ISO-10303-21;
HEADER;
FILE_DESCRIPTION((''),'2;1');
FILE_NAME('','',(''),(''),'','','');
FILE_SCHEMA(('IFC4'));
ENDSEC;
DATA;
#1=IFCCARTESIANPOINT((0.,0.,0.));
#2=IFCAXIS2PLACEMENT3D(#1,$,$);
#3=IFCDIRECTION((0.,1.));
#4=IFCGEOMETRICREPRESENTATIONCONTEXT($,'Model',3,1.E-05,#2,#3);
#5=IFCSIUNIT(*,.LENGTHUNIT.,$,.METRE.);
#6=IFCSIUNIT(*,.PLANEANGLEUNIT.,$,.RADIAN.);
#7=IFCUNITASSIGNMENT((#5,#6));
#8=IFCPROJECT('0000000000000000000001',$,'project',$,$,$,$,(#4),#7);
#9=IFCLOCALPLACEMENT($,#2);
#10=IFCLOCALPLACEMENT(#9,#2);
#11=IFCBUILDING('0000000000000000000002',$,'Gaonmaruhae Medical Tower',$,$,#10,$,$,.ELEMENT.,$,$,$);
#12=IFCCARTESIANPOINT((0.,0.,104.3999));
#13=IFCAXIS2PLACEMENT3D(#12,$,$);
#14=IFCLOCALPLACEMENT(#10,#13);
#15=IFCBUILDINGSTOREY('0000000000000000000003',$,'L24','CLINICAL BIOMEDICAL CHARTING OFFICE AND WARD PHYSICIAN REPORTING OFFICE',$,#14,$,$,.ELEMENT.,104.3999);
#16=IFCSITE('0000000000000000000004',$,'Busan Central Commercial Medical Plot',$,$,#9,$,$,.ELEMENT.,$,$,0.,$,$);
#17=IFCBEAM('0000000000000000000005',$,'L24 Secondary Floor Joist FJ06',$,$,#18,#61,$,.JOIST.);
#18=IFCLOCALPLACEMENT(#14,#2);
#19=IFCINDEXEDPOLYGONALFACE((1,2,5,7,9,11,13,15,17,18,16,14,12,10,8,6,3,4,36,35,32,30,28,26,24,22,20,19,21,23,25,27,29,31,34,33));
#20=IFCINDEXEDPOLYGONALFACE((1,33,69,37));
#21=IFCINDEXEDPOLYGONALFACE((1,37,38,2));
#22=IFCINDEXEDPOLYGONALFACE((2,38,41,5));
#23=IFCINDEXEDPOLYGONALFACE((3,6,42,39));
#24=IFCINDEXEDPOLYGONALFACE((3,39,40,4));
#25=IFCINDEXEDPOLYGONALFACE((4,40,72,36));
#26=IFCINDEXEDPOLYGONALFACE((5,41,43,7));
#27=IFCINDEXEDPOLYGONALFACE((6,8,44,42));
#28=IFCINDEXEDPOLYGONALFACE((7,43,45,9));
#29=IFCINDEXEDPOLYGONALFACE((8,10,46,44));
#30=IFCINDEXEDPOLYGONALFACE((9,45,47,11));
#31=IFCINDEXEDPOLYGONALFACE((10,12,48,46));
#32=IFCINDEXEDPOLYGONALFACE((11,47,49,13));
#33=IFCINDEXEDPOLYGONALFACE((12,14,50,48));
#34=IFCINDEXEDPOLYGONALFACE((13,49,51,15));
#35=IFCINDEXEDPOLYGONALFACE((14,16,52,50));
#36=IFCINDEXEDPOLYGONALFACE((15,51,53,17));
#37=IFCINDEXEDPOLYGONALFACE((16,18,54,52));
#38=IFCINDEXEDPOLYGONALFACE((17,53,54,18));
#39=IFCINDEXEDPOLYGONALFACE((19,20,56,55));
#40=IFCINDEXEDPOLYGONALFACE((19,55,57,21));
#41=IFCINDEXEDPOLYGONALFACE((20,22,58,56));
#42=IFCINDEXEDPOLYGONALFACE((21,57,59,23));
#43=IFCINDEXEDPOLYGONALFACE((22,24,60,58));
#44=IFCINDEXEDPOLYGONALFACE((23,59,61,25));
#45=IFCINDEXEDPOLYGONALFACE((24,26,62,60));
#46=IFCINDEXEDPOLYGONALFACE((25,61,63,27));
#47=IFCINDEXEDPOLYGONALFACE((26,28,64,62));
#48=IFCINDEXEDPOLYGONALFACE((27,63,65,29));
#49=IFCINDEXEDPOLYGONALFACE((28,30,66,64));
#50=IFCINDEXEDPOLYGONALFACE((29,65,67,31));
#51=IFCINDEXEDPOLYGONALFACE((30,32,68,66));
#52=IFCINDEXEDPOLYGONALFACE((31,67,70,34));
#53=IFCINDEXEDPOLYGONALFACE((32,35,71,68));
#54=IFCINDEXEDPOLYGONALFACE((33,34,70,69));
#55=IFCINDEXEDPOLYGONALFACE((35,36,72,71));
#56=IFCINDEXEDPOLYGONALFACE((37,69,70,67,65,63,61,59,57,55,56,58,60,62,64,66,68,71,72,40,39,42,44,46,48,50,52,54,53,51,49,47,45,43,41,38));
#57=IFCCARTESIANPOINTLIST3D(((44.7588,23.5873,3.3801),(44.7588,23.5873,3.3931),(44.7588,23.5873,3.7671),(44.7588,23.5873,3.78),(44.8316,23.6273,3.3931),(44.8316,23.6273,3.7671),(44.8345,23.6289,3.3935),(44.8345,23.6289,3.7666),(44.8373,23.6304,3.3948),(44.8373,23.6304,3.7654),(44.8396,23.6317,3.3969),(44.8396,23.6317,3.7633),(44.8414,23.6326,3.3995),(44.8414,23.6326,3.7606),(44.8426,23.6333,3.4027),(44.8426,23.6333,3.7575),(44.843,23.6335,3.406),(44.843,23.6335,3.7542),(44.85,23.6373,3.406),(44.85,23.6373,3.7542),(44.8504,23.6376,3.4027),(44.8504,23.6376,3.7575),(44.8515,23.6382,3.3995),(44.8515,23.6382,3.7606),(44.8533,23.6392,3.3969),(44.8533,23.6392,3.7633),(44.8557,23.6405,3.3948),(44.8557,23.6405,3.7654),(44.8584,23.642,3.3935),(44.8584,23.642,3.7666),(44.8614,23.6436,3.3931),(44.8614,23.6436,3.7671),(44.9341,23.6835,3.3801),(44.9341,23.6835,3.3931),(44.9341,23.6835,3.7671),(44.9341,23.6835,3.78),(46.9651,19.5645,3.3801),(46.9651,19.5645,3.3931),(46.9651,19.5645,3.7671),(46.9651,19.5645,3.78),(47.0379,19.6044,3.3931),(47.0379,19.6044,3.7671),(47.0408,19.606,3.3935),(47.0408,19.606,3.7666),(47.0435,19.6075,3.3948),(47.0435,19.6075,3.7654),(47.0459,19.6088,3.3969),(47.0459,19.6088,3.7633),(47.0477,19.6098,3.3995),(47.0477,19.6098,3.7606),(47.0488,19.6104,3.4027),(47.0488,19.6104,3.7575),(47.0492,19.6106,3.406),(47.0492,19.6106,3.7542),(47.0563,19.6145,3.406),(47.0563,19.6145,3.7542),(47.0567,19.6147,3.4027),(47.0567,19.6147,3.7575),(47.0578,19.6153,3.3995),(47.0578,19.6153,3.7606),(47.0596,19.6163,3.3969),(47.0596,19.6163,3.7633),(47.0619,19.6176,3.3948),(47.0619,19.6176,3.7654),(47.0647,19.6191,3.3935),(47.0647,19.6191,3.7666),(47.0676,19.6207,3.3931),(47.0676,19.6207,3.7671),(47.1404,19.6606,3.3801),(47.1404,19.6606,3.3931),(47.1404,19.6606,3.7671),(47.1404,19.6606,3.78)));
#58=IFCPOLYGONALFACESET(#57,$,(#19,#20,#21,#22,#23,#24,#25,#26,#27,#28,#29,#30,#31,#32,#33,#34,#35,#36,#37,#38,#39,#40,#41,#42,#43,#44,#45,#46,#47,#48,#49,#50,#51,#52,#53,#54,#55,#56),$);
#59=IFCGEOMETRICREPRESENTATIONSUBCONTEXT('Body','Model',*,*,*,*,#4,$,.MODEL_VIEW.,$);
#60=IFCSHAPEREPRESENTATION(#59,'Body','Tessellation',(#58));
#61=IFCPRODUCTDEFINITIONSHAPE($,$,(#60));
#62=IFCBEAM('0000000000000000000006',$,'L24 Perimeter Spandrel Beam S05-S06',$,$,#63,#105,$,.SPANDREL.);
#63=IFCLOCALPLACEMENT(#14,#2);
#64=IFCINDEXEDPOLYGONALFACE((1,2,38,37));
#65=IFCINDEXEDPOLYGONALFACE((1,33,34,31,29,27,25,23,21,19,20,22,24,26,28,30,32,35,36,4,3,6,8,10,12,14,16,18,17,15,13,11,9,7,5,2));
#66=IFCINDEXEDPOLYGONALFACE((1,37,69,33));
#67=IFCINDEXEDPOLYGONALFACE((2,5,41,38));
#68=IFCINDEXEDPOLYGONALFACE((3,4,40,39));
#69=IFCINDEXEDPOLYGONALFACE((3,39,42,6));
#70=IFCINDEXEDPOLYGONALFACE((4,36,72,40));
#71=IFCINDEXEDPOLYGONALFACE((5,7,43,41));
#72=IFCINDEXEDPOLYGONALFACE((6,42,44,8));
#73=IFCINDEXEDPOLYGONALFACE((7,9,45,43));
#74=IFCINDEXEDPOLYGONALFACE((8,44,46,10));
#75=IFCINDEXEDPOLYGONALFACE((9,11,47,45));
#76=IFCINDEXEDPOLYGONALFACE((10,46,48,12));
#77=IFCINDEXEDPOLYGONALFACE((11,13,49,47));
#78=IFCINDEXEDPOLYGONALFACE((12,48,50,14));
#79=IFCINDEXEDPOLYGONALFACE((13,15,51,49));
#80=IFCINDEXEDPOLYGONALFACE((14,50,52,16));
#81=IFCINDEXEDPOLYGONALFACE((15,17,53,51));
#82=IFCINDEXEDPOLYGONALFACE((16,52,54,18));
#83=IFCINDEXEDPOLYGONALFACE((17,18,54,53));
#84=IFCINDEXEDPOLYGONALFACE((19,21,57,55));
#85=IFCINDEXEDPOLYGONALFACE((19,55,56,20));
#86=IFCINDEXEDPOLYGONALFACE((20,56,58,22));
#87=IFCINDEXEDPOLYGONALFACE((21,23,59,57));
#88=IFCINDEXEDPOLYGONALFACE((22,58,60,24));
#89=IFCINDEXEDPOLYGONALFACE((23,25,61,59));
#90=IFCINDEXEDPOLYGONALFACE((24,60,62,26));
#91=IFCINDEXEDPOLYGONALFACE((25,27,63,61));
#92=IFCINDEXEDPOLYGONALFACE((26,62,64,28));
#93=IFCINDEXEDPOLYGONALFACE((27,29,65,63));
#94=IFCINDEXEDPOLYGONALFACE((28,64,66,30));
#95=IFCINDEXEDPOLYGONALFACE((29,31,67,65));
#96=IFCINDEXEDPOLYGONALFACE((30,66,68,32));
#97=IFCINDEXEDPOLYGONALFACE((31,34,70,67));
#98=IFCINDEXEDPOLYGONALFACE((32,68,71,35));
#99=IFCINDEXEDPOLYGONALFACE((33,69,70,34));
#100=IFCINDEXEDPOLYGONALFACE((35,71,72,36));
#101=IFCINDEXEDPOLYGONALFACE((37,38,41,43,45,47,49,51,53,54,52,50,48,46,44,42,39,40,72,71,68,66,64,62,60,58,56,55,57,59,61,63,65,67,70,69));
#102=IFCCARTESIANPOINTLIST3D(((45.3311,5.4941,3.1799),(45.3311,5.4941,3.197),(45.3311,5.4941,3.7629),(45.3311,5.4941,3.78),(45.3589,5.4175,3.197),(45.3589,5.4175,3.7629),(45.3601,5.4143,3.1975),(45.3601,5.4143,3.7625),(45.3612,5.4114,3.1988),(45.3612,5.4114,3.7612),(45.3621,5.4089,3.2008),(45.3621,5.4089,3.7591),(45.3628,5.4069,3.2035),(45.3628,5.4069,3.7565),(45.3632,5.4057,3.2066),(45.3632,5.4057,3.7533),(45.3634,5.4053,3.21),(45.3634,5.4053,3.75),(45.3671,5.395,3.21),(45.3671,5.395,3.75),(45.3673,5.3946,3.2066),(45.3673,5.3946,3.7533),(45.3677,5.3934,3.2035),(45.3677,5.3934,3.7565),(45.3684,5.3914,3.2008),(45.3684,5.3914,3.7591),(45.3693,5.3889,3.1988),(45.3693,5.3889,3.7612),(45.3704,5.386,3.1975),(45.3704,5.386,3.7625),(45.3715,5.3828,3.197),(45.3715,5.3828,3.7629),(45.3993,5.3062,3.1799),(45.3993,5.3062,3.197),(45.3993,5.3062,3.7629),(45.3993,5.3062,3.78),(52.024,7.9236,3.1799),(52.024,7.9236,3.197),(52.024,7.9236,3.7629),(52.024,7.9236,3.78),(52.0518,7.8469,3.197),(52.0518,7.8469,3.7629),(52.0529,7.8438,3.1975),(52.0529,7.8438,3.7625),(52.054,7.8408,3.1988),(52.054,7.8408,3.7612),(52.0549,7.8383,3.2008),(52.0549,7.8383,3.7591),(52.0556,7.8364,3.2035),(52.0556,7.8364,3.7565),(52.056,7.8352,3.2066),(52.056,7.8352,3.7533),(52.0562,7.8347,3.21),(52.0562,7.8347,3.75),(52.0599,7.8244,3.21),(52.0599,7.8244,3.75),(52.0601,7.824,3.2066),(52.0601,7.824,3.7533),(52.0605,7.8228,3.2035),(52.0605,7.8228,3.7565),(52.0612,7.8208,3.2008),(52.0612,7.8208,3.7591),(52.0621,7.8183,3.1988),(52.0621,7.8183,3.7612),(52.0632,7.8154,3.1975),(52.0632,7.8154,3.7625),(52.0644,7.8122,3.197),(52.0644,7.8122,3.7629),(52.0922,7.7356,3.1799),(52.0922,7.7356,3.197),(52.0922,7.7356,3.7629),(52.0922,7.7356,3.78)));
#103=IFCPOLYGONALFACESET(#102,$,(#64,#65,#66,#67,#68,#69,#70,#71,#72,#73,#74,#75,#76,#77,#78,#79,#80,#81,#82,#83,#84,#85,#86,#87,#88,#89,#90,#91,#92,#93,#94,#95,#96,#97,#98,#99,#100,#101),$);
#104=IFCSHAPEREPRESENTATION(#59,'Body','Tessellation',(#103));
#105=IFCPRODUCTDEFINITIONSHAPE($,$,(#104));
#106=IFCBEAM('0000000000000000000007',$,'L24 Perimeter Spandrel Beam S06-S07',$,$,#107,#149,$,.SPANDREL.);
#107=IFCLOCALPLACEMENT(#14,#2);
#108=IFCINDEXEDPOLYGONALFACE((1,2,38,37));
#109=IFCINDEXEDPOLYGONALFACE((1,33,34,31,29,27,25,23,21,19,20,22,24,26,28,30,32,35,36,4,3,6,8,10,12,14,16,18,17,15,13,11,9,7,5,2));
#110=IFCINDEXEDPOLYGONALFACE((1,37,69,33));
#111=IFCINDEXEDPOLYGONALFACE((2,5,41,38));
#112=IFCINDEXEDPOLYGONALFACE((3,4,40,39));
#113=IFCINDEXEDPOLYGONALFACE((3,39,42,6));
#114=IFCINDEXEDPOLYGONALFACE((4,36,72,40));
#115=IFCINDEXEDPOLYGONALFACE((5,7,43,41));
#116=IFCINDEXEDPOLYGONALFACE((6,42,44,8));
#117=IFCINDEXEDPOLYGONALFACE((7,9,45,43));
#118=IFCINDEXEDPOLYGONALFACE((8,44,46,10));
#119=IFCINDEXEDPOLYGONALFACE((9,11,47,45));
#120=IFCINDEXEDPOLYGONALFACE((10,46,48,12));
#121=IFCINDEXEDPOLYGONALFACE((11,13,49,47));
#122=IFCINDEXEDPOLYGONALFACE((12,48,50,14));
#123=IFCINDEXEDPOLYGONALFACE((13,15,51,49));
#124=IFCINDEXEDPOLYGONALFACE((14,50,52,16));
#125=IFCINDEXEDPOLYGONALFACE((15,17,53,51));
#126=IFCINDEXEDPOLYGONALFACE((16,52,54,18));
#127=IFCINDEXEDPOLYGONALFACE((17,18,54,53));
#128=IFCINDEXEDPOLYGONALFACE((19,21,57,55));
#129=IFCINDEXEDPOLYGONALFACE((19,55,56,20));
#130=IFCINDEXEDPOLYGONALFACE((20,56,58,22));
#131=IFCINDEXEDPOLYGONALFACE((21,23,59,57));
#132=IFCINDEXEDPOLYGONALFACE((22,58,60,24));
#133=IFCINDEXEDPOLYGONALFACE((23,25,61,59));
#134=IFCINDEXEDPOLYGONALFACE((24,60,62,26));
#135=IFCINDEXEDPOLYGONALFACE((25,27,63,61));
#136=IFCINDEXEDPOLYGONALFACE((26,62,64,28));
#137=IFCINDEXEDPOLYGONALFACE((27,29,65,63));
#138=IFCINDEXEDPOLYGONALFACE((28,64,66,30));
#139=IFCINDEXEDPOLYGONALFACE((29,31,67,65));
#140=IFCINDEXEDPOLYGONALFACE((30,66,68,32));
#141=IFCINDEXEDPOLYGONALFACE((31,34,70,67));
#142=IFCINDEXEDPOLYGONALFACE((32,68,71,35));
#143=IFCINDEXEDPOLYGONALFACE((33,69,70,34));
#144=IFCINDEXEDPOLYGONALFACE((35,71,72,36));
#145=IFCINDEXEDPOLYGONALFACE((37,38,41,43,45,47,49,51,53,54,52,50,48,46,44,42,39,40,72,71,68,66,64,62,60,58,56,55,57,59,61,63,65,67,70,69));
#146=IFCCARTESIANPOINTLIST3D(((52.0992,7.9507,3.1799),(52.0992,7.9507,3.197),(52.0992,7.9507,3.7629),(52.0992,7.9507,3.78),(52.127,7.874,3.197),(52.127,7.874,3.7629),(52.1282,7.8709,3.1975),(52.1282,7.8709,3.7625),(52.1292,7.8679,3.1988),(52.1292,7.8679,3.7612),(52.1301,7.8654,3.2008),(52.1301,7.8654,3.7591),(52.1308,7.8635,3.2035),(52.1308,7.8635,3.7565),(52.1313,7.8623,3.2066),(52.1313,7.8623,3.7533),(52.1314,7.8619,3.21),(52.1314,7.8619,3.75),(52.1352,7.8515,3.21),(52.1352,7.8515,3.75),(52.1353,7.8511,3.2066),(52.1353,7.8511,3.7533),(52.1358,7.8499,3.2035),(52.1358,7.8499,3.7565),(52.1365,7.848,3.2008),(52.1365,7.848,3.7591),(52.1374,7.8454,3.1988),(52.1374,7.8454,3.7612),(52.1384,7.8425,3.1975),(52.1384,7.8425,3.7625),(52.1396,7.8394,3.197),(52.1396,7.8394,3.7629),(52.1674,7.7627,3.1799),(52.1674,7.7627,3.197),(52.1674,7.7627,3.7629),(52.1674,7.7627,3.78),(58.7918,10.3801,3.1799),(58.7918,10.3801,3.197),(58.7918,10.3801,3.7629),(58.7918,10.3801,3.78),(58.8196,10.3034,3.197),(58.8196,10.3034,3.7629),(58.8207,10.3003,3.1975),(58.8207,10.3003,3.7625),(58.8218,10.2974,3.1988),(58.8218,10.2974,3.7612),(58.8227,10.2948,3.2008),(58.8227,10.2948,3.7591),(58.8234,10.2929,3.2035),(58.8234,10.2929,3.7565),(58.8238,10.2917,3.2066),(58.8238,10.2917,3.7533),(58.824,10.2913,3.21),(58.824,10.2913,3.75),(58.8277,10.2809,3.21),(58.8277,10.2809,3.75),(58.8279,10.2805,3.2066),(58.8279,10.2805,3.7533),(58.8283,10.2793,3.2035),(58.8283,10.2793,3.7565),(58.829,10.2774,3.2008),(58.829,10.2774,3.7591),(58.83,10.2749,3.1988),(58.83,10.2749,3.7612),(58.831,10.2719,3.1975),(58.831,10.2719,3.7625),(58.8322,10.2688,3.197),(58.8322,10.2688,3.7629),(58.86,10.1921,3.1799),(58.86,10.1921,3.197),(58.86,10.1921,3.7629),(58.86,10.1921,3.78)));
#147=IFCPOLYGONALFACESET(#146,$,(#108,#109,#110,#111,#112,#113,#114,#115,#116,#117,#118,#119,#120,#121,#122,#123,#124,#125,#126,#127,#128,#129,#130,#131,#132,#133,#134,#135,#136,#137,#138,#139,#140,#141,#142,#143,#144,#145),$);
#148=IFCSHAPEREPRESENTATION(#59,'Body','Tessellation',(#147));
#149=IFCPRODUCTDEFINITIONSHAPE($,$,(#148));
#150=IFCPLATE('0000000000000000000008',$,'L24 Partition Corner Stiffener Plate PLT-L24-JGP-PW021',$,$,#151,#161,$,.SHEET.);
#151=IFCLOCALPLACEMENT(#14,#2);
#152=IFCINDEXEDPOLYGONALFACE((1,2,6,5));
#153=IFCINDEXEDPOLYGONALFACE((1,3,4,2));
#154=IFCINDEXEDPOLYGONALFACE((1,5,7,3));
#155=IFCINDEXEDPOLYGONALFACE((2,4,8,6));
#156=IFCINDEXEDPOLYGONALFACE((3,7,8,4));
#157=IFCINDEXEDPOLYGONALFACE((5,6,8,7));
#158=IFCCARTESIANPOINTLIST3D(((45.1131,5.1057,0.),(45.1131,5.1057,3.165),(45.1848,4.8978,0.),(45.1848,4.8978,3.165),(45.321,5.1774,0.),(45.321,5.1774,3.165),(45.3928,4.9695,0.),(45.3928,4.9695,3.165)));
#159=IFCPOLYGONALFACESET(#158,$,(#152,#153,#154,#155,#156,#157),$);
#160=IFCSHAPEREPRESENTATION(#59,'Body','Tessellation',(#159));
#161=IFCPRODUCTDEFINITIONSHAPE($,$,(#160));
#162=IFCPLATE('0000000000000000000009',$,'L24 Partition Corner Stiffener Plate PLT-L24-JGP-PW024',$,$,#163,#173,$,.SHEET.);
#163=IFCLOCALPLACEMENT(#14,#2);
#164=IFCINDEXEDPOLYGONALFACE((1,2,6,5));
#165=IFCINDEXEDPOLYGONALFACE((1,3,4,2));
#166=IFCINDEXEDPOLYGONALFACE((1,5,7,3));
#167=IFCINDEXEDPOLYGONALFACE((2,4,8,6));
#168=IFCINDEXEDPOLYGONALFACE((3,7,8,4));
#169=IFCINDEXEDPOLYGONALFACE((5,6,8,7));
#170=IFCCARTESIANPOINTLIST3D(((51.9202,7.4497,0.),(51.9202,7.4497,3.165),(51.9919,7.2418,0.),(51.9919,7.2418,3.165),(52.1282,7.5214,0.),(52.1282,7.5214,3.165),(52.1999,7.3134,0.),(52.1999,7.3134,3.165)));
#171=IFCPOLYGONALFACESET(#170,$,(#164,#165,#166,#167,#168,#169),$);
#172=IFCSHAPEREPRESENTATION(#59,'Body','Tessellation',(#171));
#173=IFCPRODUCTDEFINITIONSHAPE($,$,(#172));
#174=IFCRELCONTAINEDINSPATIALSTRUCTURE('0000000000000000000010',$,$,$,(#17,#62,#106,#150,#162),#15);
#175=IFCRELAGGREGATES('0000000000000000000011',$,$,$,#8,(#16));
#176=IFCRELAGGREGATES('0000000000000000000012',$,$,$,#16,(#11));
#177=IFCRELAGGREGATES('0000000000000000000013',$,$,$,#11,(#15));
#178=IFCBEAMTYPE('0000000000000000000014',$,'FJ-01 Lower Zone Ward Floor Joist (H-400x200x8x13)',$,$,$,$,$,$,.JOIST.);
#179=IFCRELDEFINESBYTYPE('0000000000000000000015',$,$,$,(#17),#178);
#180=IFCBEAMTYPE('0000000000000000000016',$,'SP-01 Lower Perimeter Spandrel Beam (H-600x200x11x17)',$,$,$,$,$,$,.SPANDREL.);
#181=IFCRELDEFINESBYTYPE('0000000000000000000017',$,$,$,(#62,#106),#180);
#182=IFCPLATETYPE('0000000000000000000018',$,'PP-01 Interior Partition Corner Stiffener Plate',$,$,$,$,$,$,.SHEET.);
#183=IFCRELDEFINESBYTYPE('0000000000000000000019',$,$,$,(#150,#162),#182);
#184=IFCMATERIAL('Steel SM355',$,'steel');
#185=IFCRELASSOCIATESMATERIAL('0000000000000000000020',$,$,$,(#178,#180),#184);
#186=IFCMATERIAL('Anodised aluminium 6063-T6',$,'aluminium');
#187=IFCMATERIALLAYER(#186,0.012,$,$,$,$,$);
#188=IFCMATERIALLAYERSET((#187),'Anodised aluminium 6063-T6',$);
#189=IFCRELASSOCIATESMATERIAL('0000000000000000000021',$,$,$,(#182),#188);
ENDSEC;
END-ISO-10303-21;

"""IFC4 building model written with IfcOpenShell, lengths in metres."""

from ifc_helpers import new_model, si_unit, direction, frame, origin, origin_2d, place, context, subcontext, project, spatial, rectangle, i_section, extrude, material, layer, layer_set, material_profile, profile_set, type_object, element, save


model = new_model("IFC4")

# Units and contexts
model_context = context("Model", 3, precision=1e-05, world=origin(), true_north=direction((0.0, 1.0)))
body_context = subcontext(model_context, "Body", "Model", "MODEL_VIEW")
ifc_project = project(units=[si_unit("LENGTHUNIT", "METRE"), si_unit("PLANEANGLEUNIT", "RADIAN")], contexts=[model_context])

# Site, building, storey
site_placement = place(None, origin())
site = spatial("IfcSite", under=ifc_project, at=site_placement, Name="Busan Central Commercial Medical Plot", CompositionType="ELEMENT", RefElevation=0.0)
building_placement = place(site_placement, origin())
building = spatial("IfcBuilding", under=site, at=building_placement, Name="Gaonmaruhae Medical Tower", CompositionType="ELEMENT")
storey_placement = place(building_placement, frame((0.0, 0.0, 104.3999)))
storey = spatial("IfcBuildingStorey", under=building, at=storey_placement, Name="L24", Description="CLINICAL BIOMEDICAL CHARTING OFFICE AND WARD PHYSICIAN REPORTING OFFICE", CompositionType="ELEMENT", Elevation=104.3999)

# Beams
ifc_material_1 = material(Name="Steel SM355", Category="steel")
ifc_material_profile_1 = material_profile(ifc_material_1, i_section(OverallWidth=0.2, OverallDepth=0.3999, WebThickness=0.0081, FlangeThickness=0.0129, FilletRadius=0.0129, at=origin_2d()), Name="H-400x200x8x13")
ifc_profile_set_1 = profile_set([ifc_material_profile_1], Name="Steel SM355")
beam_type_1 = type_object("IfcBeamType", Name="FJ-01 Lower Zone Ward Floor Joist (H-400x200x8x13)", PredefinedType="JOIST", material=ifc_profile_set_1)
beam_1_placement = place(storey_placement, frame((47.0527, 19.6125, 3.5801), z_axis=(-0.48086, 0.876797, 0.0), x_axis=(-0.876797, -0.48086, 0.0)))
element("IfcBeam", 1, at=beam_1_placement, inside=storey, type_object=beam_type_1, Name="L24 Secondary Floor Joist FJ06", PredefinedType="JOIST", context=body_context, shape_type="SweptSolid", body=[
    extrude(i_section(OverallWidth=0.2, OverallDepth=0.3999, WebThickness=0.0081, FlangeThickness=0.0129, FilletRadius=0.0129, at=origin_2d()), origin(), (0.0, 0.0, 1.0), 4.5881),
])
ifc_material_profile_2 = material_profile(ifc_material_1, i_section(OverallWidth=0.2, OverallDepth=0.6001, WebThickness=0.011, FlangeThickness=0.0171, FilletRadius=0.0129, at=origin_2d()), Name="H-600x200x11x17")
ifc_profile_set_2 = profile_set([ifc_material_profile_2], Name="Steel SM355")
beam_type_2 = type_object("IfcBeamType", Name="SP-01 Lower Perimeter Spandrel Beam (H-600x200x11x17)", PredefinedType="SPANDREL", material=ifc_profile_set_2)
beam_2_placement = place(storey_placement, frame((45.3652, 5.4001, 3.48), z_axis=(0.939988, 0.341206, 0.0), x_axis=(-0.341206, 0.939988, 0.0)))
element("IfcBeam", 2, at=beam_2_placement, inside=storey, type_object=beam_type_2, Name="L24 Perimeter Spandrel Beam S05-S06", PredefinedType="SPANDREL", context=body_context, shape_type="SweptSolid", body=[
    extrude(i_section(OverallWidth=0.2, OverallDepth=0.6001, WebThickness=0.011, FlangeThickness=0.0171, FilletRadius=0.0129, at=origin_2d()), origin(), (0.0, 0.0, 1.0), 7.1201),
])
beam_3_placement = place(storey_placement, frame((52.1333, 7.8567, 3.48), z_axis=(0.939984, 0.341217, 0.0), x_axis=(-0.341217, 0.939984, 0.0)))
element("IfcBeam", 3, at=beam_3_placement, inside=storey, type_object=beam_type_2, Name="L24 Perimeter Spandrel Beam S06-S07", PredefinedType="SPANDREL", context=body_context, shape_type="SweptSolid", body=[
    extrude(i_section(OverallWidth=0.2, OverallDepth=0.6001, WebThickness=0.011, FlangeThickness=0.0171, FilletRadius=0.0129, at=origin_2d()), origin(), (0.0, 0.0, 1.0), 7.1199),
])

# Plates
ifc_material_2 = material(Name="Anodised aluminium 6063-T6", Category="aluminium")
ifc_layer_1 = layer(ifc_material_2, 0.012)
ifc_layer_set_1 = layer_set([ifc_layer_1], Name="Anodised aluminium 6063-T6")
plate_type = type_object("IfcPlateType", Name="PP-01 Interior Partition Corner Stiffener Plate", PredefinedType="SHEET", material=ifc_layer_set_1)
for number, where, z_axis, x_axis, name in (
    (4, (45.2529, 5.0376, 0.0), (0.0, 0.0, 1.0), (-0.945297, -0.326212, 0.0), "L24 Partition Corner Stiffener Plate PLT-L24-JGP-PW021"),
    (5, (52.0601, 7.3816, 0.0), (0.0, 0.0, 1.0), (-0.94545, -0.325766, 0.0), "L24 Partition Corner Stiffener Plate PLT-L24-JGP-PW024"),
):
    element("IfcPlate", number, at=place(storey_placement, frame(where, z_axis=z_axis, x_axis=x_axis)), inside=storey, type_object=plate_type, Name=name, PredefinedType="SHEET", context=body_context, shape_type="SweptSolid", body=[
        extrude(rectangle(XDim=0.22, YDim=0.22, at=origin_2d()), origin(), (0.0, 0.0, 1.0), 3.165),
    ])

save(model, "model.ifc")
